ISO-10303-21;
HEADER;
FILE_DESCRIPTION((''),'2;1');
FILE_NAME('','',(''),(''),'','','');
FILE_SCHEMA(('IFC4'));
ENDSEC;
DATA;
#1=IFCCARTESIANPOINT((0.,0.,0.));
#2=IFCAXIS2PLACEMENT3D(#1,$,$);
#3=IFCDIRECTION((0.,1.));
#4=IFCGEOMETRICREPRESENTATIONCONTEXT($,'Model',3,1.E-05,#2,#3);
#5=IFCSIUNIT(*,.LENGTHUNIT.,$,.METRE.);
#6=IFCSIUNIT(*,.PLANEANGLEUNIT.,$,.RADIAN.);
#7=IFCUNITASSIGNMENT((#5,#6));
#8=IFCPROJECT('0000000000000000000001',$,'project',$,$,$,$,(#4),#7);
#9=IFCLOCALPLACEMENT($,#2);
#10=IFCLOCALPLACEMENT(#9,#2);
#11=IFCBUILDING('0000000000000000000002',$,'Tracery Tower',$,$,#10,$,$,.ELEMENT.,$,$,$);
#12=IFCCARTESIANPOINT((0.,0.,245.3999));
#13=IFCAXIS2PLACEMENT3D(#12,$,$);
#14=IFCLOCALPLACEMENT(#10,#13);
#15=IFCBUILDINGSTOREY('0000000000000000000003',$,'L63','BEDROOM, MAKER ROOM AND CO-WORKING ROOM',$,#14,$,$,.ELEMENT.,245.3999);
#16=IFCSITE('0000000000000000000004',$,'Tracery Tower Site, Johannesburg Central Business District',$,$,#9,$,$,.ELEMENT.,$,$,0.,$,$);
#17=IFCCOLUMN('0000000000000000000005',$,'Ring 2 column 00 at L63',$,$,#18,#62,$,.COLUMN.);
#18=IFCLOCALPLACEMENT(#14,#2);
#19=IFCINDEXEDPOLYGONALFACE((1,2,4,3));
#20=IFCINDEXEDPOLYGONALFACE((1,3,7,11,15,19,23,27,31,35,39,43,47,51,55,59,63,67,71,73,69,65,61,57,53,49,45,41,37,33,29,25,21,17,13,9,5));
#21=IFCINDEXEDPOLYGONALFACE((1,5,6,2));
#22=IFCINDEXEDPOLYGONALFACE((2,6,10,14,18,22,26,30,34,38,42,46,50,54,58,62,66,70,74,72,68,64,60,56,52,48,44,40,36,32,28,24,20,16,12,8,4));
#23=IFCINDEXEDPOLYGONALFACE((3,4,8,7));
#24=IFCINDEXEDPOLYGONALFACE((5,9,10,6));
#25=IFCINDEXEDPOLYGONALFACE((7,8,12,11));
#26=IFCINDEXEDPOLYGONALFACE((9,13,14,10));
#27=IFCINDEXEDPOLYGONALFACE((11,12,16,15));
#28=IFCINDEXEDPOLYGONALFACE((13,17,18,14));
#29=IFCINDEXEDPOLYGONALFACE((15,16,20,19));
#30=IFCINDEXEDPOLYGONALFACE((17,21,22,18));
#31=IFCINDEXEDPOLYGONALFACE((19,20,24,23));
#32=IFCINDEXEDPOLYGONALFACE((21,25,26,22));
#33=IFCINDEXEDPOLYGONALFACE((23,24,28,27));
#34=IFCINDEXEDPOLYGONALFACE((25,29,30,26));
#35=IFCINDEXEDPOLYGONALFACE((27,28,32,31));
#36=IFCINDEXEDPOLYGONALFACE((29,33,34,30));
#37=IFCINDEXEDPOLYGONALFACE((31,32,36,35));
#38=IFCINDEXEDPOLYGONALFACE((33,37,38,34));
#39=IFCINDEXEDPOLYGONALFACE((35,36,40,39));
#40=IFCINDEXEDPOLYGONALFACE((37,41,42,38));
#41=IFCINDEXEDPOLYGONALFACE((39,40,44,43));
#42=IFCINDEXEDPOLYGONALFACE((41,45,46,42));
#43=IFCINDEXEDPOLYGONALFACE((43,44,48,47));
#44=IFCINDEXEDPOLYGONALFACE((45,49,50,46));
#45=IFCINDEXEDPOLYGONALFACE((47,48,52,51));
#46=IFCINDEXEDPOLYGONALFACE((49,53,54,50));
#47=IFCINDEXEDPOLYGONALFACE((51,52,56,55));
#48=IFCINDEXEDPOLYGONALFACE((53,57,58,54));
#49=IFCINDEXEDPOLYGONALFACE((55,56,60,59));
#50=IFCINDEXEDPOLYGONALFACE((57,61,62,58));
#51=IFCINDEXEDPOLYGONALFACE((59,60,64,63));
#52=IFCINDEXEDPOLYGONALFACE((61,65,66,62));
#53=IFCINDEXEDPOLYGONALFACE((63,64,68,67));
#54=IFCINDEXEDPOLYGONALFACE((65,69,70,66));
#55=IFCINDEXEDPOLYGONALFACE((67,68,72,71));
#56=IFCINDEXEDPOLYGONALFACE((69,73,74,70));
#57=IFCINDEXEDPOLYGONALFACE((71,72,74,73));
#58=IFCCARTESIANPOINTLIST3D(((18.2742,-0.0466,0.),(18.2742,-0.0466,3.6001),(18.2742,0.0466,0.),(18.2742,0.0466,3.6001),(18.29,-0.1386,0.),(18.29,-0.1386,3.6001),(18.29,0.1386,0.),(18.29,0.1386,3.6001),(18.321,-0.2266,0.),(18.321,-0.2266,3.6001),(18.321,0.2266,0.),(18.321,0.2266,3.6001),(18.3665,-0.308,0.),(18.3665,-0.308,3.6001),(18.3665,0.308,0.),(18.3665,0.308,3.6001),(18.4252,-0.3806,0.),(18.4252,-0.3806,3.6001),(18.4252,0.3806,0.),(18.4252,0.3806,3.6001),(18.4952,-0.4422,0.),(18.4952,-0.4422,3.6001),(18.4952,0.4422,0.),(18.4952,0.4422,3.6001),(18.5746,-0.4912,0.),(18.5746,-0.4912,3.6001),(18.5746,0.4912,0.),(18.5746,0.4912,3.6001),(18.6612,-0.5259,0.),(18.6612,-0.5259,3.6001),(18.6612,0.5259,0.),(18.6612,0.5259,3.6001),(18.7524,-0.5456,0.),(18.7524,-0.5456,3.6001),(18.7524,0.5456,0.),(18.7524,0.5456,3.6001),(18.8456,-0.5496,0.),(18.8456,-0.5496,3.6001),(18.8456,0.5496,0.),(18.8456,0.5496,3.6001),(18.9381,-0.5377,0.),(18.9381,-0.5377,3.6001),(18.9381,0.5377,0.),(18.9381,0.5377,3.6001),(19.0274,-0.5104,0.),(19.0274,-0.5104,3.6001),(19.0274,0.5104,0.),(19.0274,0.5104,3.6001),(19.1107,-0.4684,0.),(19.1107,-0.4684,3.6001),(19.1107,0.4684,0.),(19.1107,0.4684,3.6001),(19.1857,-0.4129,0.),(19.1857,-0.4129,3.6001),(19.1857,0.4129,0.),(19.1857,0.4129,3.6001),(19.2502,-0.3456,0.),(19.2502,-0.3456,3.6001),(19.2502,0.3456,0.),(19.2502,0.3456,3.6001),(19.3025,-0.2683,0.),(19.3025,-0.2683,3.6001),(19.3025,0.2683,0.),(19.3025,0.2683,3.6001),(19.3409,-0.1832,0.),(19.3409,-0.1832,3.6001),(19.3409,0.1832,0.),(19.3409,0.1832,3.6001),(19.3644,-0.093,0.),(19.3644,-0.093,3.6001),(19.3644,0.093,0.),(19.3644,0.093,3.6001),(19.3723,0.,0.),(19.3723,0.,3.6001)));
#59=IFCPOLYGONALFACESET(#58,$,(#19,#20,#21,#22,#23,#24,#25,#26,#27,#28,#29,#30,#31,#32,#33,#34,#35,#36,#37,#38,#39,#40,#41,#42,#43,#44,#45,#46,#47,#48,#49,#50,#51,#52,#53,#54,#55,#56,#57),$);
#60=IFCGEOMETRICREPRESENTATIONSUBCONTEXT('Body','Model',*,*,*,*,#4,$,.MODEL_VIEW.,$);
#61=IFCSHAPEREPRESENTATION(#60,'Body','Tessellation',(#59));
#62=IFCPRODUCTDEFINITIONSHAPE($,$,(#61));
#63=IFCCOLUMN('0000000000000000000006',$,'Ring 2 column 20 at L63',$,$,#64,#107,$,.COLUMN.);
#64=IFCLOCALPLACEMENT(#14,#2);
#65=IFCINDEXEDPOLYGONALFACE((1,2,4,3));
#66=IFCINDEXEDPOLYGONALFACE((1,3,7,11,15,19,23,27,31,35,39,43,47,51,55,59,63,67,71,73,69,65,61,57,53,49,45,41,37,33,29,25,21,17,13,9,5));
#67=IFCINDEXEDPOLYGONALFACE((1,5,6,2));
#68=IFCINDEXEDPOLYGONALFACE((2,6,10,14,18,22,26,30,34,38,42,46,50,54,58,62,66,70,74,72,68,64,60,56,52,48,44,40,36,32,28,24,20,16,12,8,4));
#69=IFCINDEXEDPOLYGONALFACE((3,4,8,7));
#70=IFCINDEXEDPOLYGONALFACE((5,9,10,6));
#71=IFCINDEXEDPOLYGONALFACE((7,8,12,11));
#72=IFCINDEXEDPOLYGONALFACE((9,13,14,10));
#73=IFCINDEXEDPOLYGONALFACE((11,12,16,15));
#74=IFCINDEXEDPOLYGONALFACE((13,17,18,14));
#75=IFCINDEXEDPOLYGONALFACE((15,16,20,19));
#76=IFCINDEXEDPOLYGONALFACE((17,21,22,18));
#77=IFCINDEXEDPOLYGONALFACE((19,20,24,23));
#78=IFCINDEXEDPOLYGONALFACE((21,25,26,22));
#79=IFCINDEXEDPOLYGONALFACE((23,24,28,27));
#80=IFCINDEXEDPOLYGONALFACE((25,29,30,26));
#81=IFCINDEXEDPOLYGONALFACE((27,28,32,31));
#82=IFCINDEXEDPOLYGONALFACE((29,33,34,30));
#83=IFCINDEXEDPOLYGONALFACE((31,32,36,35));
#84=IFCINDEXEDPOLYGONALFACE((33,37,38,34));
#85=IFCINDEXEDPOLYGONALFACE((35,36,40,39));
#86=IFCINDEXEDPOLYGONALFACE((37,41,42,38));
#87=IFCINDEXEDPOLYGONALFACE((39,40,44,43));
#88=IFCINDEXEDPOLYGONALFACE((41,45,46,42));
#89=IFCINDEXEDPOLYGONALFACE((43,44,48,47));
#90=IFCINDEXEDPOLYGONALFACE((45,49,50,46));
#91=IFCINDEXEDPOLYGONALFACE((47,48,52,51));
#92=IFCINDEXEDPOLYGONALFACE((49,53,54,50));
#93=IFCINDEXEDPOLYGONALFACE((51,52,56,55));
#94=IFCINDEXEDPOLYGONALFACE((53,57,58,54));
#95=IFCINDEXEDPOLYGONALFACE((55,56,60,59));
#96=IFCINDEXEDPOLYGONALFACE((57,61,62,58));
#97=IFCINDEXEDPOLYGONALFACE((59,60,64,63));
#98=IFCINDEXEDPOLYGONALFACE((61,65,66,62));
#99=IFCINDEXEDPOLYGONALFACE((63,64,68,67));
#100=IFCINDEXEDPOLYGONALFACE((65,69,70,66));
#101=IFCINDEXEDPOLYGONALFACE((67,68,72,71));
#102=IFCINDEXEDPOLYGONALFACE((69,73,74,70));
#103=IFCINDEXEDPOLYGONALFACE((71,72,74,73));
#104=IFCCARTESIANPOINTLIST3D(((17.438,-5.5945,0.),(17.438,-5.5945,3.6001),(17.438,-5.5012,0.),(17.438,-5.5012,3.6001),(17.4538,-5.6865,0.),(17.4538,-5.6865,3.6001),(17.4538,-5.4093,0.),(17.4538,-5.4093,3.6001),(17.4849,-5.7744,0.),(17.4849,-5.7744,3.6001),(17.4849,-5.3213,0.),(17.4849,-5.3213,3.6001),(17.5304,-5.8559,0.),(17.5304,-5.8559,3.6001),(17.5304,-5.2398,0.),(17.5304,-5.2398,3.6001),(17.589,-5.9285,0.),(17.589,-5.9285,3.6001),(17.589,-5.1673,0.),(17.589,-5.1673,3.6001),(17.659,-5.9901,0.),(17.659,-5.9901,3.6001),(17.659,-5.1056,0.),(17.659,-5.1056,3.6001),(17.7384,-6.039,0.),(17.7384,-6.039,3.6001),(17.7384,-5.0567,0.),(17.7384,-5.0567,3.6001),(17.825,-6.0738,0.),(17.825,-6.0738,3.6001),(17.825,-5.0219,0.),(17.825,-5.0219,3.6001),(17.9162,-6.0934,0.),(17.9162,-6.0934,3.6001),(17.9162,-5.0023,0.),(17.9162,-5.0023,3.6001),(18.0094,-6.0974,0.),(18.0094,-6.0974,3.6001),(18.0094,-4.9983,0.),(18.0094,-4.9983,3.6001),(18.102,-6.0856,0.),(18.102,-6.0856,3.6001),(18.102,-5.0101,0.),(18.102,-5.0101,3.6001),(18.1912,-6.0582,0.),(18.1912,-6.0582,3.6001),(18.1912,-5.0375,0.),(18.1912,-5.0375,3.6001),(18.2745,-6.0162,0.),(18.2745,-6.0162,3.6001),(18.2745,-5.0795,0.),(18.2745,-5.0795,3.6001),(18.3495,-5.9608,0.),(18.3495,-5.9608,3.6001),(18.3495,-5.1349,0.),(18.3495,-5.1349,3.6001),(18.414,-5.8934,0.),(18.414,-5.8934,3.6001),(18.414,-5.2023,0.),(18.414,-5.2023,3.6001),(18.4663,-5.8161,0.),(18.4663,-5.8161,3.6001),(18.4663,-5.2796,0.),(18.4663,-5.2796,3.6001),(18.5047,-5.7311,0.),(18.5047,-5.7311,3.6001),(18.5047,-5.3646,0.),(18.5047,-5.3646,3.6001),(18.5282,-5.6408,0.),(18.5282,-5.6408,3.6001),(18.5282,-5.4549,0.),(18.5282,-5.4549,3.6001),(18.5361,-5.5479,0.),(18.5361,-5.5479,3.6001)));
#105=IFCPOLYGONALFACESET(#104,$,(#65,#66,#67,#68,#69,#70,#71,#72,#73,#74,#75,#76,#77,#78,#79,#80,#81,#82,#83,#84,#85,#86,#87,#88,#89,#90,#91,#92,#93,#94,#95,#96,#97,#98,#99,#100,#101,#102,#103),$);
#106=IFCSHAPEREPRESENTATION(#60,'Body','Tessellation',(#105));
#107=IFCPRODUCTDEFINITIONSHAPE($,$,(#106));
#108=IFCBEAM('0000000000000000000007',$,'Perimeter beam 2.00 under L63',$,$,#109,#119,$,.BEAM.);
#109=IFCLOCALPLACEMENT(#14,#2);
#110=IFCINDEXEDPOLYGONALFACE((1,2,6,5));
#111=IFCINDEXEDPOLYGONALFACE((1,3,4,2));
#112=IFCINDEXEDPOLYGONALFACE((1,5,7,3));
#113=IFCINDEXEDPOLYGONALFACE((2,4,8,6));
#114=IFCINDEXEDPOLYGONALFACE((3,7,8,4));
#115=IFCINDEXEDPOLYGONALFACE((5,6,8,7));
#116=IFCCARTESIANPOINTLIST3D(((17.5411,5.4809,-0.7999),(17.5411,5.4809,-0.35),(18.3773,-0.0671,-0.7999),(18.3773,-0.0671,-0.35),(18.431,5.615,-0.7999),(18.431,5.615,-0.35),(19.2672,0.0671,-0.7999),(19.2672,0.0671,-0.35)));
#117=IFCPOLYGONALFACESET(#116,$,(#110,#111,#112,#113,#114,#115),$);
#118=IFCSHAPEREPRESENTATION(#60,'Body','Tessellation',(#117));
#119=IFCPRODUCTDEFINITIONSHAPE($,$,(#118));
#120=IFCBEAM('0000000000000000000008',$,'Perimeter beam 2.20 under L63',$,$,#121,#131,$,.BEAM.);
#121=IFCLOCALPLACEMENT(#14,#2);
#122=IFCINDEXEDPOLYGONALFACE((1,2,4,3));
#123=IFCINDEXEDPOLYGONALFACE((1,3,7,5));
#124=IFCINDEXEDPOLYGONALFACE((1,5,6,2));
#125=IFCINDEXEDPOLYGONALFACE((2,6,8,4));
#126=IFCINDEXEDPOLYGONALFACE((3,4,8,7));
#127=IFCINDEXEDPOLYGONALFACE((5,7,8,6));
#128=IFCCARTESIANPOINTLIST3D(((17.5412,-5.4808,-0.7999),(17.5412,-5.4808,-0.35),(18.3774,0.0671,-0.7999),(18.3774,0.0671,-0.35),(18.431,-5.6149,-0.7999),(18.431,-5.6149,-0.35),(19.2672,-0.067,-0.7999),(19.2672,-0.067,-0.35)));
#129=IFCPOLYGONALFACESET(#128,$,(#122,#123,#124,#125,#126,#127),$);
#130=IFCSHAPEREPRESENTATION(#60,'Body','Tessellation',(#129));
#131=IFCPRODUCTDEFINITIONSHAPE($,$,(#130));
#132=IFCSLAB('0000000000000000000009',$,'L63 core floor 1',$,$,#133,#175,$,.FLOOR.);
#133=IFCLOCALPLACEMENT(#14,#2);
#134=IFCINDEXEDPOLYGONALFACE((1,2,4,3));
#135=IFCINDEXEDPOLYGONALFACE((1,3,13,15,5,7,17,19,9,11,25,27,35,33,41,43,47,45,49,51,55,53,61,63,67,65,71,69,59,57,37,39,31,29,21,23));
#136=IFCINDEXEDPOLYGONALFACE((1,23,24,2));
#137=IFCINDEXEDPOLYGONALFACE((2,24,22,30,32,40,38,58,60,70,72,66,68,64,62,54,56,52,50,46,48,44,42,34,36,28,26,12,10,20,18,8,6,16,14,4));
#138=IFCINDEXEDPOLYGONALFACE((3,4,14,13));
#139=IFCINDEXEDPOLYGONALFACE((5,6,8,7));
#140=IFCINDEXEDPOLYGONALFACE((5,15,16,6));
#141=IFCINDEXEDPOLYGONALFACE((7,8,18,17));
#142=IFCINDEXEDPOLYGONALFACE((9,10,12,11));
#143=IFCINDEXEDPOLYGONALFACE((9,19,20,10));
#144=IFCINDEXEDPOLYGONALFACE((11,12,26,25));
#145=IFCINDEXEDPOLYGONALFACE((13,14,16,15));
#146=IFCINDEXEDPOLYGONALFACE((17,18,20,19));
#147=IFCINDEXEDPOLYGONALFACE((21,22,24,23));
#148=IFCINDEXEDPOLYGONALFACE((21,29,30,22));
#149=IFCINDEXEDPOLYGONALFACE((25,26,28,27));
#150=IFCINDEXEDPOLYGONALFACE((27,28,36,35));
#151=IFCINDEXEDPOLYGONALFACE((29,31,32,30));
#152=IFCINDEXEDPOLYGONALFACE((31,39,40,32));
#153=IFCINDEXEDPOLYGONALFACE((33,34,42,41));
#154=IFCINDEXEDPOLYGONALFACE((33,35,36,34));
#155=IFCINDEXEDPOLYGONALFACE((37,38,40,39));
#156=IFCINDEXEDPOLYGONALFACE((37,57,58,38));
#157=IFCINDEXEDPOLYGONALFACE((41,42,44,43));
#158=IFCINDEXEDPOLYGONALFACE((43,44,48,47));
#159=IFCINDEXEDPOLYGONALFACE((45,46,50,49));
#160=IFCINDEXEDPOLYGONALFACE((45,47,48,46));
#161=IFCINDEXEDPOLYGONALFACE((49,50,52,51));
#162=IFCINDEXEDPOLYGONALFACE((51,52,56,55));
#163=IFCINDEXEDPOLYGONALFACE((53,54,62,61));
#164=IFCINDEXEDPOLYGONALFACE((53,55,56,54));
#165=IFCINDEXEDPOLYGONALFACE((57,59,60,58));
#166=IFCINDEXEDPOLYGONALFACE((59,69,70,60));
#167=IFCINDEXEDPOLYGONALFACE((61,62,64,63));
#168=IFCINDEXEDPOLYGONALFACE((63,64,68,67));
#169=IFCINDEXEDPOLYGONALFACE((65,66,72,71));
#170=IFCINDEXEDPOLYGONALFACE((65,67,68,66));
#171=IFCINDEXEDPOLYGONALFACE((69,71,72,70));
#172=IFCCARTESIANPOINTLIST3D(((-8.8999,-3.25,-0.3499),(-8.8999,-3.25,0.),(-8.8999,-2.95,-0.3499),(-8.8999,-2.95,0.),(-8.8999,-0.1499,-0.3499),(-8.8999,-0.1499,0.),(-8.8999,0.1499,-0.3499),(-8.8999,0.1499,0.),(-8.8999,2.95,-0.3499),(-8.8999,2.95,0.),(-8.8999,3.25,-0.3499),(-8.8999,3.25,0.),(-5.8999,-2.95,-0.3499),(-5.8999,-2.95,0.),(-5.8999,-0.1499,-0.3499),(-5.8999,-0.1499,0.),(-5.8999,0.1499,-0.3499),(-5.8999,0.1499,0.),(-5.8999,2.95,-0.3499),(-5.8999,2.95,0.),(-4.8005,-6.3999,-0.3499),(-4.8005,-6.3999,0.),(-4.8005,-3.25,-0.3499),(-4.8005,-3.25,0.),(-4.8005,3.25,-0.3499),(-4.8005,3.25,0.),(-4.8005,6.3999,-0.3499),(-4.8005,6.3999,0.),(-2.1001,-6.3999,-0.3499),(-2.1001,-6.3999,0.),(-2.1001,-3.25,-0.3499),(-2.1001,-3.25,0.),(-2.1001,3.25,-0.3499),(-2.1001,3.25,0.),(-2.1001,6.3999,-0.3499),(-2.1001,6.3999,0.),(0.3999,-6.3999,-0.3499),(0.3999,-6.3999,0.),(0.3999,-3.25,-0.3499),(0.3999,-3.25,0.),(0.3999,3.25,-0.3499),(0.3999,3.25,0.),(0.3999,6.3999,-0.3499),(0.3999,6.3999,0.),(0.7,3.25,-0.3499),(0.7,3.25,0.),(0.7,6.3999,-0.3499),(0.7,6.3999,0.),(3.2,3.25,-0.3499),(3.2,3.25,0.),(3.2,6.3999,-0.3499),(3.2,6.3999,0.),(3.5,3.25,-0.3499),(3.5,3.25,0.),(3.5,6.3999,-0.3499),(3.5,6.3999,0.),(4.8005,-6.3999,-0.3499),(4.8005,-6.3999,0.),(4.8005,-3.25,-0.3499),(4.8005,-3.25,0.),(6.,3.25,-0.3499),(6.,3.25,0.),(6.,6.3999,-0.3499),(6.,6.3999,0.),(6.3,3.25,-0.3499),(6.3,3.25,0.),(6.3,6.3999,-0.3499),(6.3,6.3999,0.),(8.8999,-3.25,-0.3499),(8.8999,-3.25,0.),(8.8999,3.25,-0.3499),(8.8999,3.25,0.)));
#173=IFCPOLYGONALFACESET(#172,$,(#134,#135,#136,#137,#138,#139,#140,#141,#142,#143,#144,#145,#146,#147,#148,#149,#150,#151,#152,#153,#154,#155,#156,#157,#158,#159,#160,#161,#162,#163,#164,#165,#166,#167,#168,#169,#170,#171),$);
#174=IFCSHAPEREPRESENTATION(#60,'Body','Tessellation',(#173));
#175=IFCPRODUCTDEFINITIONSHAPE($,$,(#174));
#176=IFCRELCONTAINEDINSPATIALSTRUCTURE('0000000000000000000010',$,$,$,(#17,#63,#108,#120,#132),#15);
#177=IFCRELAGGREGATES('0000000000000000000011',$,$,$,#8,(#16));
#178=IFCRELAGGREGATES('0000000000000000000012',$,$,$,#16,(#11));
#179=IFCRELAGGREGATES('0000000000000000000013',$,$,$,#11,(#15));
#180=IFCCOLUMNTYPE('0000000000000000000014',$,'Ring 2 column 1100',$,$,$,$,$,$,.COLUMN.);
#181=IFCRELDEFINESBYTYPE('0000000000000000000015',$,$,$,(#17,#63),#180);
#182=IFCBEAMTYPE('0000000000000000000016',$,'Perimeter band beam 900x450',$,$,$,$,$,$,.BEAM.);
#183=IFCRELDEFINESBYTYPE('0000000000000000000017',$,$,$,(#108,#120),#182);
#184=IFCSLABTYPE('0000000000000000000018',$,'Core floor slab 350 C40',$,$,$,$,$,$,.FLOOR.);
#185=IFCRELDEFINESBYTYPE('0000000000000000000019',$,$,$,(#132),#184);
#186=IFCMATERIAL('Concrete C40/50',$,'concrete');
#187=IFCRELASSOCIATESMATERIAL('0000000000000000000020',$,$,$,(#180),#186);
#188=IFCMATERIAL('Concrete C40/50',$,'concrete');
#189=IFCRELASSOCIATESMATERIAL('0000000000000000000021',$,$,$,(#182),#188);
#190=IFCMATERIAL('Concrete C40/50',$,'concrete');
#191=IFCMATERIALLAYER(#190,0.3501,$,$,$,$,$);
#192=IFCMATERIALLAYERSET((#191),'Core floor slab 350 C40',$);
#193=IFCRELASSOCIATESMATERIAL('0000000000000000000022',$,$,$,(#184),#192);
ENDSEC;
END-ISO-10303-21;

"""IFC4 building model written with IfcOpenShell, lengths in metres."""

from ifc_helpers import new_model, si_unit, direction, frame, origin, origin_2d, place, context, subcontext, project, spatial, polyline, rectangle, circle, outline, extrude, material, layer, layer_set, material_profile, profile_set, type_object, element, save


model = new_model("IFC4")

# Units and contexts
model_context = context("Model", 3, precision=1e-05, world=origin(), true_north=direction((0.0, 1.0)))
body_context = subcontext(model_context, "Body", "Model", "MODEL_VIEW")
ifc_project = project(units=[si_unit("LENGTHUNIT", "METRE"), si_unit("PLANEANGLEUNIT", "RADIAN")], contexts=[model_context])

# Site, building, storey
site_placement = place(None, origin())
site = spatial("IfcSite", under=ifc_project, at=site_placement, Name="Tracery Tower Site, Johannesburg Central Business District", CompositionType="ELEMENT", RefElevation=0.0)
building_placement = place(site_placement, origin())
building = spatial("IfcBuilding", under=site, at=building_placement, Name="Tracery Tower", CompositionType="ELEMENT")
storey_placement = place(building_placement, frame((0.0, 0.0, 245.3999)))
storey = spatial("IfcBuildingStorey", under=building, at=storey_placement, Name="L63", Description="BEDROOM, MAKER ROOM AND CO-WORKING ROOM", CompositionType="ELEMENT", Elevation=245.3999)

# Columns
ifc_material_1 = material(Name="Concrete C40/50", Category="concrete")
ifc_material_profile_1 = material_profile(ifc_material_1, circle(Radius=0.55, at=origin_2d()), Name="RC D1100")
ifc_profile_set_1 = profile_set([ifc_material_profile_1], Name="Concrete C40/50")
column_type = type_object("IfcColumnType", Name="Ring 2 column 1100", PredefinedType="COLUMN", material=ifc_profile_set_1)
for number, where, z_axis, x_axis, name in (
    (1, (18.8223, 0.0, 0.0), (0.0, 0.0, 1.0), (1.0, 0.0, 0.0), "Ring 2 column 00 at L63"),
    (2, (17.9861, -5.5479, 0.0), (0.0, 0.0, 1.0), (1.0, 0.0, 0.0), "Ring 2 column 20 at L63"),
):
    element("IfcColumn", number, at=place(storey_placement, frame(where, z_axis=z_axis, x_axis=x_axis)), inside=storey, type_object=column_type, Name=name, PredefinedType="COLUMN", context=body_context, shape_type="SweptSolid", body=[
        extrude(circle(Radius=0.55, at=origin_2d()), origin(), (0.0, 0.0, 1.0), 3.6001),
    ])

# Beams
ifc_material_2 = material(Name="Concrete C40/50", Category="concrete")
ifc_material_profile_2 = material_profile(ifc_material_2, rectangle(XDim=0.8999, YDim=0.45, at=origin_2d()), Name="RC 900x450")
ifc_profile_set_2 = profile_set([ifc_material_profile_2], Name="Concrete C40/50")
beam_type = type_object("IfcBeamType", Name="Perimeter band beam 900x450", PredefinedType="BEAM", material=ifc_profile_set_2)
for number, where, z_axis, x_axis, name in (
    (3, (18.8223, 0.0, -0.575), (-0.149038, 0.988831, 0.0), (-0.988831, -0.149038, 0.0), "Perimeter beam 2.00 under L63"),
    (4, (17.9861, -5.5479, -0.575), (0.149038, 0.988831, 0.0), (-0.988831, 0.149038, 0.0), "Perimeter beam 2.20 under L63"),
):
    element("IfcBeam", number, at=place(storey_placement, frame(where, z_axis=z_axis, x_axis=x_axis)), inside=storey, type_object=beam_type, Name=name, PredefinedType="BEAM", context=body_context, shape_type="SweptSolid", body=[
        extrude(rectangle(XDim=0.8999, YDim=0.45, at=origin_2d()), origin(), (0.0, 0.0, 1.0), 5.6106),
    ])

# Slab
ifc_material_3 = material(Name="Concrete C40/50", Category="concrete")
ifc_layer_1 = layer(ifc_material_3, 0.3501)
ifc_layer_set_1 = layer_set([ifc_layer_1], Name="Core floor slab 350 C40")
slab_type_1 = type_object("IfcSlabType", Name="Core floor slab 350 C40", PredefinedType="FLOOR", material=ifc_layer_set_1)
slab_1_placement = place(storey_placement, frame((0.0, 0.0, -0.3499)))
element("IfcSlab", 5, at=slab_1_placement, inside=storey, type_object=slab_type_1, Name="L63 core floor 1", PredefinedType="FLOOR", context=body_context, shape_type="SweptSolid", body=[
    extrude(outline(polyline([(-4.8005, -3.25), (-8.8999, -3.25), (-8.8999, -2.95), (-5.8999, -2.95), (-5.8999, -0.1499), (-8.8999, -0.1499), (-8.8999, 0.1499), (-5.8999, 0.1499), (-5.8999, 2.95), (-8.8999, 2.95), (-8.8999, 3.25), (-4.8005, 3.25), (-4.8005, 6.3999), (-2.1001, 6.3999), (-2.1001, 3.25), (0.3999, 3.25), (0.3999, 6.3999), (0.7, 6.3999), (0.7, 3.25), (3.2, 3.25), (3.2, 6.3999), (3.5, 6.3999), (3.5, 3.25), (6.0, 3.25), (6.0, 6.3999), (6.3, 6.3999), (6.3, 3.25), (8.8999, 3.25), (8.8999, -3.25), (4.8005, -3.25), (4.8005, -6.3999), (0.3999, -6.3999), (0.3999, -3.25), (-2.1001, -3.25), (-2.1001, -6.3999), (-4.8005, -6.3999), (-4.8005, -3.25)])), origin(), (0.0, 0.0, 1.0), 0.3499),
])

save(model, "model.ifc")
